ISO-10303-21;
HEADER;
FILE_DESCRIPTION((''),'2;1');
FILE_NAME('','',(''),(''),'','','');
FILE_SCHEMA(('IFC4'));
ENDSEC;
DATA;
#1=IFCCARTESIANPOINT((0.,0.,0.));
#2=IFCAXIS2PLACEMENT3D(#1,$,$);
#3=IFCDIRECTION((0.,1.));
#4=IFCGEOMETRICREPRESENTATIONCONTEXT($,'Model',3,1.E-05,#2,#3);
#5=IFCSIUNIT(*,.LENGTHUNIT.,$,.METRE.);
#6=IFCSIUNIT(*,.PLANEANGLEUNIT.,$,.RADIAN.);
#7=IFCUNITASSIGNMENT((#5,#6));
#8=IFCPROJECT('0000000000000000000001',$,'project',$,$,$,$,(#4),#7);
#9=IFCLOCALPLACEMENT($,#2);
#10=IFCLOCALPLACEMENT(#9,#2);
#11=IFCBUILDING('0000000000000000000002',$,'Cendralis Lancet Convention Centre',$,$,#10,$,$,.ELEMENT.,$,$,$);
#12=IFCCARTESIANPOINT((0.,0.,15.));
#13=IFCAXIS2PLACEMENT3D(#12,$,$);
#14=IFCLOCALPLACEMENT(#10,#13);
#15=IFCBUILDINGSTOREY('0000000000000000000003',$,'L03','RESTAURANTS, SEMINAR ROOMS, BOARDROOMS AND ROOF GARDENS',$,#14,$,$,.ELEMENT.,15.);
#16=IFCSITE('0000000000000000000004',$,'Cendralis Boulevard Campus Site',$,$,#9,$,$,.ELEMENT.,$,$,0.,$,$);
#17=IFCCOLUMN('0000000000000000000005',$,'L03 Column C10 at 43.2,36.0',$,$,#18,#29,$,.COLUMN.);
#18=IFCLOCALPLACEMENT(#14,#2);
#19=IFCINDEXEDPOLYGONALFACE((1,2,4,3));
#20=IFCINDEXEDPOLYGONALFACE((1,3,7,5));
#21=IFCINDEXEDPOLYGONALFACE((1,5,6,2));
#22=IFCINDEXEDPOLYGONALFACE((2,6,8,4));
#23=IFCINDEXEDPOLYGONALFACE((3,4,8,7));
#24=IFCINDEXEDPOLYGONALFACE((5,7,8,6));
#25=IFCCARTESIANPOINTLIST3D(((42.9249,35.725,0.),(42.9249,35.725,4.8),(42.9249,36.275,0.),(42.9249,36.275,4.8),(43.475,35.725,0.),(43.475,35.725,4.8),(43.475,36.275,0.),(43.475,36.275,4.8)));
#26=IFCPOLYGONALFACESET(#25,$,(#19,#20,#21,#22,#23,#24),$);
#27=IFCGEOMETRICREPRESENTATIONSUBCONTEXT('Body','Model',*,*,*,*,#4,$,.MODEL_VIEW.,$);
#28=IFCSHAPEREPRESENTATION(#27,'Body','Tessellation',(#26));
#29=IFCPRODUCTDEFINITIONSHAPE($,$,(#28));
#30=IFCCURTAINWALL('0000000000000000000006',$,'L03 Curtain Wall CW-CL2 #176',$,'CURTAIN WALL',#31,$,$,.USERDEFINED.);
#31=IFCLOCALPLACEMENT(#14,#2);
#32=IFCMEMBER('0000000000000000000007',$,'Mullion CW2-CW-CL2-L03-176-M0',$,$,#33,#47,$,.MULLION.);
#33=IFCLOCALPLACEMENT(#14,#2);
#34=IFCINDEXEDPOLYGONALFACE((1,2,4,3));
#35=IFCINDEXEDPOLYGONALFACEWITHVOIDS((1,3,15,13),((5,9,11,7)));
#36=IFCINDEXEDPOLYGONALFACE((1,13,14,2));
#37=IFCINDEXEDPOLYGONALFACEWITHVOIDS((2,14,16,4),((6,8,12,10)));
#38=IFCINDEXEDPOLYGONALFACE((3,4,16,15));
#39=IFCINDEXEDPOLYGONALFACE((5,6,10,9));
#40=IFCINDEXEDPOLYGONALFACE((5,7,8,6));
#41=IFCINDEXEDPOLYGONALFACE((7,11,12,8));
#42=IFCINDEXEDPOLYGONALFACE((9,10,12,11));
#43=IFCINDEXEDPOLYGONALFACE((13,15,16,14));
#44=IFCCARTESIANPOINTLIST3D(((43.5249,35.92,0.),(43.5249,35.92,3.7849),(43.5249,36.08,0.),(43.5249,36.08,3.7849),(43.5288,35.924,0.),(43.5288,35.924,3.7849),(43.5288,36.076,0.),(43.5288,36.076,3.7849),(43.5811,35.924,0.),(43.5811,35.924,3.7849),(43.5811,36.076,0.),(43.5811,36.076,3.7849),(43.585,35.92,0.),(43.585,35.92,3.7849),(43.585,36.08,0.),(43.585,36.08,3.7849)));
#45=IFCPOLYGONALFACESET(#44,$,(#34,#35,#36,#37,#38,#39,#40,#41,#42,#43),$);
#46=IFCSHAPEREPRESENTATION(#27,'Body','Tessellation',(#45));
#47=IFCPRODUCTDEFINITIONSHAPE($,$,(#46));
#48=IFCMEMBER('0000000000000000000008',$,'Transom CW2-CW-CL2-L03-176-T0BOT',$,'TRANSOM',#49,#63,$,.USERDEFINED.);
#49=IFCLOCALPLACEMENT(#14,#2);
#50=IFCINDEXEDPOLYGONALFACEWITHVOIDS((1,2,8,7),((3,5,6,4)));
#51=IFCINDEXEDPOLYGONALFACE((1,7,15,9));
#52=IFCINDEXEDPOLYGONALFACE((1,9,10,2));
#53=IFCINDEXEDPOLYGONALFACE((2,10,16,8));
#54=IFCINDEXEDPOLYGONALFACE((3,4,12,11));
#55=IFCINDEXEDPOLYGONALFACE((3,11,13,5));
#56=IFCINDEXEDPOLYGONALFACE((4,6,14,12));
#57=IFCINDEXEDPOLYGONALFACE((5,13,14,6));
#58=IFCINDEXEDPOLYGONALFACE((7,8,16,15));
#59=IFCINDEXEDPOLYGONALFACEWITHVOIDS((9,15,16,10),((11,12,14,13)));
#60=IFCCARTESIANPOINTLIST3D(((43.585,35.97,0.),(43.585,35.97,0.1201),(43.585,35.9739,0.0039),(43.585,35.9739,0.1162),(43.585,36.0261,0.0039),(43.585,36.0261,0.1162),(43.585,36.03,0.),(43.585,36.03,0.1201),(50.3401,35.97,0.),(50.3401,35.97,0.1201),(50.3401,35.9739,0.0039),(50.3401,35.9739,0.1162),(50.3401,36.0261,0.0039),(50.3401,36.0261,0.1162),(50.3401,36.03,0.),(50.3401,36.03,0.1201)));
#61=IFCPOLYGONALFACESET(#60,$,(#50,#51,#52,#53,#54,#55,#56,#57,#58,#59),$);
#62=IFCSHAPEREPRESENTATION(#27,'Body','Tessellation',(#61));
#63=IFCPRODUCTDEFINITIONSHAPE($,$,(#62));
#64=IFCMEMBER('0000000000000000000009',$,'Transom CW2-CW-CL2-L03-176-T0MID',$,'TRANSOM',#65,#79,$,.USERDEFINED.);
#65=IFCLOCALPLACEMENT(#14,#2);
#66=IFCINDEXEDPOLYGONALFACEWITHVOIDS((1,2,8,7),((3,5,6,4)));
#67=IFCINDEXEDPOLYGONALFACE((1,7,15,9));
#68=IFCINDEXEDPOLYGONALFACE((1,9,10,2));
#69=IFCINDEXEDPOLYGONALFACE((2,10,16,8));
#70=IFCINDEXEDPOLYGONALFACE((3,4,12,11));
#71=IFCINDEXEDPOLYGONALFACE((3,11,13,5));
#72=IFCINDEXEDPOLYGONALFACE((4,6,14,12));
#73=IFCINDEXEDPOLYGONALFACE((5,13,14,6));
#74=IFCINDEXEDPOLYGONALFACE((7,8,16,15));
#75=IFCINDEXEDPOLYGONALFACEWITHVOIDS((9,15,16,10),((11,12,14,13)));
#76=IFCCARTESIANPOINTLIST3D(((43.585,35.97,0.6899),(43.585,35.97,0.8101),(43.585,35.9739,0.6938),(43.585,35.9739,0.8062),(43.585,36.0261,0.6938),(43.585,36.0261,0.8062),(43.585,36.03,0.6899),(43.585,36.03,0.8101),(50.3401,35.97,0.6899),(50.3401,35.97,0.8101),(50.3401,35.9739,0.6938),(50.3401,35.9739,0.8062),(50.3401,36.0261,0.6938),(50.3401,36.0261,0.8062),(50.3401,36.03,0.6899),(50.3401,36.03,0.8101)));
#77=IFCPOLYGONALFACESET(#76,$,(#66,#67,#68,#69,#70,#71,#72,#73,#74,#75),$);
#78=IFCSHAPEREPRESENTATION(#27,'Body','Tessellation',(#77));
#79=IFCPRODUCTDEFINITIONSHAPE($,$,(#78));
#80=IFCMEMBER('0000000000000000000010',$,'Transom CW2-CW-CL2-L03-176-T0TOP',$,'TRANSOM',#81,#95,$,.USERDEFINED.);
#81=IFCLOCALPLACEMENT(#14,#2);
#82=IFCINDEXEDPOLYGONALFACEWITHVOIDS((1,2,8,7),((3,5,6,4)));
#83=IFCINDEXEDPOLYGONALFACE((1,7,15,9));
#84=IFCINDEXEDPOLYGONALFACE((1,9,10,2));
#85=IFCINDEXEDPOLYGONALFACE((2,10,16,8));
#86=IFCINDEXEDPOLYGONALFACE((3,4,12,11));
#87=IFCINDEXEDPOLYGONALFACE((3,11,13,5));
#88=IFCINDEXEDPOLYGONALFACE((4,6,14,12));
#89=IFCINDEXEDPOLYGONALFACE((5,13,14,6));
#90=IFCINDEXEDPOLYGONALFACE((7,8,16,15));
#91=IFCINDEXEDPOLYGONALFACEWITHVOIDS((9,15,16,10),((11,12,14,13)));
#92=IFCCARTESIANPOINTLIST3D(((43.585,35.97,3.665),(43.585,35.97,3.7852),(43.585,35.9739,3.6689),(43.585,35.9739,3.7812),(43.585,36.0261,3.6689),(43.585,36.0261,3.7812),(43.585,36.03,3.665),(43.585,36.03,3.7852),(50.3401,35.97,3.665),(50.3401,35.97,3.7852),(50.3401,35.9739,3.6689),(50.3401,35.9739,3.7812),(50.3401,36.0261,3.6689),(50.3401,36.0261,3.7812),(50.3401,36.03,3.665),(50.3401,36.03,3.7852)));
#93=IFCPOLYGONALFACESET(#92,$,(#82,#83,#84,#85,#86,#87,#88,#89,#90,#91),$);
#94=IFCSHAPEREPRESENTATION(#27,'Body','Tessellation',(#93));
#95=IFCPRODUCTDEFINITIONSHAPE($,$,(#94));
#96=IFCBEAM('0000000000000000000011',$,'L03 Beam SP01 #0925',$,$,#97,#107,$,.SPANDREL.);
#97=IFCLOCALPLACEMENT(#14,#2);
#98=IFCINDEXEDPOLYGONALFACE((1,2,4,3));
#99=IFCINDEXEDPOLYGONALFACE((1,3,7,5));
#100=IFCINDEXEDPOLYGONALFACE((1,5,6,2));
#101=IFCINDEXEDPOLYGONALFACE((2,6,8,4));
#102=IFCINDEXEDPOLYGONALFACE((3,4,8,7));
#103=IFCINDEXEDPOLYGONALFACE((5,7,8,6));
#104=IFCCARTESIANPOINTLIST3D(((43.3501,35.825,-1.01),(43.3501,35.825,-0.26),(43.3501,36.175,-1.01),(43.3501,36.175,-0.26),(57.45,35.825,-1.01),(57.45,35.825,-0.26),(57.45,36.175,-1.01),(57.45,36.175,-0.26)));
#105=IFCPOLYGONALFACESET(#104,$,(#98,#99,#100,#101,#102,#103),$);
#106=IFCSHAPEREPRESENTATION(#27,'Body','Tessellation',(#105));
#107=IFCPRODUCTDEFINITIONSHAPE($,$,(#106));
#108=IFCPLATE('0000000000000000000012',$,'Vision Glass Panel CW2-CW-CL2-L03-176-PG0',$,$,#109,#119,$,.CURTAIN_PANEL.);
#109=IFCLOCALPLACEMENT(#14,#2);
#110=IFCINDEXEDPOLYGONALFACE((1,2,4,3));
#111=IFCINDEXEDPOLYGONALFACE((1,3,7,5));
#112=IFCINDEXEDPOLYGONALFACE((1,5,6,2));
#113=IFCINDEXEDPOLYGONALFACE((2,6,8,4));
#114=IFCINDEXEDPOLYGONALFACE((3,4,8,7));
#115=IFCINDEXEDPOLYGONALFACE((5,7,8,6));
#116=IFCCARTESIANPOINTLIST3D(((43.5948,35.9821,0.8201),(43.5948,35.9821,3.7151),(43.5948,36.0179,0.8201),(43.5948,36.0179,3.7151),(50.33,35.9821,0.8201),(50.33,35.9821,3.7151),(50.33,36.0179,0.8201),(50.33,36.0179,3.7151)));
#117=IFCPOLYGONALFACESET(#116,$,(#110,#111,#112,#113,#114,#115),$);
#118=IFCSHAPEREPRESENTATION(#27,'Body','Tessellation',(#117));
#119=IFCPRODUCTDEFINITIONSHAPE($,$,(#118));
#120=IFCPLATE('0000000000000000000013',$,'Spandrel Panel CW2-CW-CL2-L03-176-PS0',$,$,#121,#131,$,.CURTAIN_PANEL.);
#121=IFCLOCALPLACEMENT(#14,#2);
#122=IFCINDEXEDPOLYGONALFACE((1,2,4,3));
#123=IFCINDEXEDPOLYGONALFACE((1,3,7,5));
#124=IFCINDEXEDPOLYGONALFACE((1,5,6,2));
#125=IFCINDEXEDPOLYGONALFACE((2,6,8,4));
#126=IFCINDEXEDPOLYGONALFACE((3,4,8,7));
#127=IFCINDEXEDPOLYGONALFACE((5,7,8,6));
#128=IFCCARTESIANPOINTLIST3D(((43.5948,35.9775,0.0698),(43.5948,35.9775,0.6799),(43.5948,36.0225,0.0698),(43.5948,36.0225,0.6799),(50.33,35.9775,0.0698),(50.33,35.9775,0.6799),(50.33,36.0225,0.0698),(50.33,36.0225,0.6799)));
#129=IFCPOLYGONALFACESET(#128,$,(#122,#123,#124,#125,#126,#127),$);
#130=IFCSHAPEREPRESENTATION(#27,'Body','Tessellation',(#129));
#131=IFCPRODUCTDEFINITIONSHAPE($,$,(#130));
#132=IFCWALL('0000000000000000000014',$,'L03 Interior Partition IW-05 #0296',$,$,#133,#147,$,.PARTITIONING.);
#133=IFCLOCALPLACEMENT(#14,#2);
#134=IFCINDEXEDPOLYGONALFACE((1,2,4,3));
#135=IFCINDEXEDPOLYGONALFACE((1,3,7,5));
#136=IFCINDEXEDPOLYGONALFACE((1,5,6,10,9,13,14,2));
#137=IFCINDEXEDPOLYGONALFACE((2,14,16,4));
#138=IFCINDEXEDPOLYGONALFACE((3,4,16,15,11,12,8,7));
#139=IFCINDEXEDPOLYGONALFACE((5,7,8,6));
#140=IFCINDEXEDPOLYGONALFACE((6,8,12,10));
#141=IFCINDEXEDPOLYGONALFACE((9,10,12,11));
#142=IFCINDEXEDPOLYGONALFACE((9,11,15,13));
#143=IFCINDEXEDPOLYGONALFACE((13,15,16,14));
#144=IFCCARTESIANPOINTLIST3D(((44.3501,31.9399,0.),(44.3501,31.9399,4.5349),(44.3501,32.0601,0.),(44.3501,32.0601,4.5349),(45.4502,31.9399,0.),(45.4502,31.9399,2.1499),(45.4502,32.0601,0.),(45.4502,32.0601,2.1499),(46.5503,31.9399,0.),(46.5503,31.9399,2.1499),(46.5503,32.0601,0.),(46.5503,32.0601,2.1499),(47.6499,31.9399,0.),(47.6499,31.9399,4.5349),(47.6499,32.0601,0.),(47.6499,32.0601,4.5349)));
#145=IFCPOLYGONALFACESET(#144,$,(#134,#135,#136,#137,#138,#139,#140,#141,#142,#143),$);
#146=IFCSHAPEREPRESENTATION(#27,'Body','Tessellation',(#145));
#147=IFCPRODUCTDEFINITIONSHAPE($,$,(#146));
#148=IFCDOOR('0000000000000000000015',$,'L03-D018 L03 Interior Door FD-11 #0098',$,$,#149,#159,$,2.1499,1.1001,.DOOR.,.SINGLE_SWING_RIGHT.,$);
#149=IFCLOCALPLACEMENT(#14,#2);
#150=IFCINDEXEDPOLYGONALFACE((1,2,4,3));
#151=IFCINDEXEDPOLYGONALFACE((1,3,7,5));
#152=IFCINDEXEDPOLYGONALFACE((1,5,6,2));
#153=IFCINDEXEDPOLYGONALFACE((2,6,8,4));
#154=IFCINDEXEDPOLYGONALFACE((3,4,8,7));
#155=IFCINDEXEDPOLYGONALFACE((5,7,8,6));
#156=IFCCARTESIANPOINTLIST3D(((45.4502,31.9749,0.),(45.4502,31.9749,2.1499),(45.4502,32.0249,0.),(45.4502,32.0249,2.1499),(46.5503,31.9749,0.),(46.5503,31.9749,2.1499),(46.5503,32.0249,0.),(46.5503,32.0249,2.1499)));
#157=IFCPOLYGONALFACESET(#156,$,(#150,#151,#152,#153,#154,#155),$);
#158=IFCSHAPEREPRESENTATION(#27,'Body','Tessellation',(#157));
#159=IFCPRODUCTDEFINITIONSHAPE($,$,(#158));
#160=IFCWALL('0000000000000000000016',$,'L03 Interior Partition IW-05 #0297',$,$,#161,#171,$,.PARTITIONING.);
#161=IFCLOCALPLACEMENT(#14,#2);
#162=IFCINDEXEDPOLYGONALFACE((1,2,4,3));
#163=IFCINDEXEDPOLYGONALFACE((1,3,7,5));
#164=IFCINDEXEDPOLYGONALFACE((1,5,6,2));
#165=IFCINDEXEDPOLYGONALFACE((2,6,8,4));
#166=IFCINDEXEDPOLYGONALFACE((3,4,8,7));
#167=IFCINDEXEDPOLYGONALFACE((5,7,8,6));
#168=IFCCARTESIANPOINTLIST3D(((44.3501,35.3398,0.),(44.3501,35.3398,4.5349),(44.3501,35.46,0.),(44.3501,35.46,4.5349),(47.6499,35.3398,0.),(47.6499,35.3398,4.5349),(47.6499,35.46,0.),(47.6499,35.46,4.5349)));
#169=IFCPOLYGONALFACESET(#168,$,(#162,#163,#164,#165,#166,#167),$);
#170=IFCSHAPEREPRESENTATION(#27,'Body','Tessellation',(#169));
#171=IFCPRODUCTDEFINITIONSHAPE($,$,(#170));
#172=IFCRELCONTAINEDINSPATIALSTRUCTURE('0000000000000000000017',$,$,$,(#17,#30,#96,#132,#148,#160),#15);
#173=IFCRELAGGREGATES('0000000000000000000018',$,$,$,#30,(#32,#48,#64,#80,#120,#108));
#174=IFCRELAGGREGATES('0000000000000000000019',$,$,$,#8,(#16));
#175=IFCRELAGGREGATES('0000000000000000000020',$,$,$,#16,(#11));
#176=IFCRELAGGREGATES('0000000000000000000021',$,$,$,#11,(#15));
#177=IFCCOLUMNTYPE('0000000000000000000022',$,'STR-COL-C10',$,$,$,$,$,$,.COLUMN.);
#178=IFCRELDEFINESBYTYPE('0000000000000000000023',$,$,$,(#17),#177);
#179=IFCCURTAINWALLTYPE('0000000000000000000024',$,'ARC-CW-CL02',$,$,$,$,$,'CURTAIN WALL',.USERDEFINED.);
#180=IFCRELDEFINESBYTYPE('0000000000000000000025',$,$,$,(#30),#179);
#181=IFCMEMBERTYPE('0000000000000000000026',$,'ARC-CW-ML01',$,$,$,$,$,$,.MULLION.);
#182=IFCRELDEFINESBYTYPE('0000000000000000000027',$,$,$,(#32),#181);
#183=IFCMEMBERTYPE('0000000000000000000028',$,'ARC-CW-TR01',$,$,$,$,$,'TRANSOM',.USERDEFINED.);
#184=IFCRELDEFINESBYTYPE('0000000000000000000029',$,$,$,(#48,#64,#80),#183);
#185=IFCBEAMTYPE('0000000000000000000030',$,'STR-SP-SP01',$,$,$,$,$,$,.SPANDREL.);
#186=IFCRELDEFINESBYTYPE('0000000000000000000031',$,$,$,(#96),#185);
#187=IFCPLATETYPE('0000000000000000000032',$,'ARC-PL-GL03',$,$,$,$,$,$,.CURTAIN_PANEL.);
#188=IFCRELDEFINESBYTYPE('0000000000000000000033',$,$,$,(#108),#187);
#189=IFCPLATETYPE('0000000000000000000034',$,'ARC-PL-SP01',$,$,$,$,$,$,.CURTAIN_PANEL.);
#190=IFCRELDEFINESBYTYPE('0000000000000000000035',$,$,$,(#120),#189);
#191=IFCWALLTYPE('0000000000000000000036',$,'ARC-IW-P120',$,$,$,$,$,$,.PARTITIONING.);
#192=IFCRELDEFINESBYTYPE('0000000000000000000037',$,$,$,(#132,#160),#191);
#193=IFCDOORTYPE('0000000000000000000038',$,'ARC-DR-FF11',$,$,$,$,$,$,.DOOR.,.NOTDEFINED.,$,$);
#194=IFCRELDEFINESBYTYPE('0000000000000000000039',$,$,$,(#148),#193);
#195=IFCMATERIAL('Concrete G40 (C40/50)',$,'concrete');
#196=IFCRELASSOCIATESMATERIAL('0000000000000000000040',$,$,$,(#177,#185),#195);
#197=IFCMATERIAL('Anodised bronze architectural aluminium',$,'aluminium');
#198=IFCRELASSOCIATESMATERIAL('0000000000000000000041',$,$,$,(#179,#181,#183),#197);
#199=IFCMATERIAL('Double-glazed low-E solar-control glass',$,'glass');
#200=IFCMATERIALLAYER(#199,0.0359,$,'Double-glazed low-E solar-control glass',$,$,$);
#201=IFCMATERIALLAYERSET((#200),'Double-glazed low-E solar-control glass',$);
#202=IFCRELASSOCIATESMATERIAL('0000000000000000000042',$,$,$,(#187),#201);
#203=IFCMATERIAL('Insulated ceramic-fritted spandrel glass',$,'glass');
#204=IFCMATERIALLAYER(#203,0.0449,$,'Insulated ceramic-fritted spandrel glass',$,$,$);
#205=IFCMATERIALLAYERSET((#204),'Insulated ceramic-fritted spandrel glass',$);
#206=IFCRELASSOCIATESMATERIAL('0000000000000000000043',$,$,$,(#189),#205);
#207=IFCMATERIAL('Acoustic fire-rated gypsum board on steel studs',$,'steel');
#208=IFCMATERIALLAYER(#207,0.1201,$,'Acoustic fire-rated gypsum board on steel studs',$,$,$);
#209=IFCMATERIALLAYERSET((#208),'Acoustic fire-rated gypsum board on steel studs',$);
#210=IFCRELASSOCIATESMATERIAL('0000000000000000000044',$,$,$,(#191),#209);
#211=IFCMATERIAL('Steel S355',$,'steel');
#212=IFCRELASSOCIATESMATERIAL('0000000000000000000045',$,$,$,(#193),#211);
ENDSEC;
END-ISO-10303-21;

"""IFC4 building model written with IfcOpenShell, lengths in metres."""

from ifc_helpers import new_model, si_unit, direction, frame, frame_2d, origin, origin_2d, place, context, subcontext, project, spatial, rectangle, hollow_rectangle, extrude, material, layer, layer_set, material_profile, profile_set, type_object, element, fill, aggregate, save


model = new_model("IFC4")

# Units and contexts
model_context = context("Model", 3, precision=1e-05, world=origin(), true_north=direction((0.0, 1.0)))
body_context = subcontext(model_context, "Body", "Model", "MODEL_VIEW")
ifc_project = project(units=[si_unit("LENGTHUNIT", "METRE"), si_unit("PLANEANGLEUNIT", "RADIAN")], contexts=[model_context])

# Site, building, storey
site_placement = place(None, origin())
site = spatial("IfcSite", under=ifc_project, at=site_placement, Name="Cendralis Boulevard Campus Site", CompositionType="ELEMENT", RefElevation=0.0)
building_placement = place(site_placement, origin())
building = spatial("IfcBuilding", under=site, at=building_placement, Name="Cendralis Lancet Convention Centre", CompositionType="ELEMENT")
storey_placement = place(building_placement, frame((0.0, 0.0, 15.0)))
storey = spatial("IfcBuildingStorey", under=building, at=storey_placement, Name="L03", Description="RESTAURANTS, SEMINAR ROOMS, BOARDROOMS AND ROOF GARDENS", CompositionType="ELEMENT", Elevation=15.0)

# Column
ifc_material_1 = material(Name="Concrete G40 (C40/50)", Category="concrete")
ifc_material_profile_1 = material_profile(ifc_material_1, rectangle(XDim=0.55, YDim=0.55, at=origin_2d()), Name="RC 550x550")
ifc_profile_set_1 = profile_set([ifc_material_profile_1], Name="Concrete G40 (C40/50)")
column_type = type_object("IfcColumnType", Name="STR-COL-C10", PredefinedType="COLUMN", material=ifc_profile_set_1)
column_placement = place(storey_placement, frame((43.2, 36.0, 0.0), z_axis=(0.0, 0.0, 1.0), x_axis=(1.0, 0.0, 0.0)))
element("IfcColumn", 1, at=column_placement, inside=storey, type_object=column_type, Name="L03 Column C10 at 43.2,36.0", PredefinedType="COLUMN", context=body_context, shape_type="SweptSolid", body=[
    extrude(rectangle(XDim=0.55, YDim=0.55, at=origin_2d()), origin(), (0.0, 0.0, 1.0), 4.8),
])

# Curtain wall, members
ifc_material_2 = material(Name="Anodised bronze architectural aluminium", Category="aluminium")
curtain_wall_type = type_object("IfcCurtainWallType", Name="ARC-CW-CL02", ElementType="CURTAIN WALL", PredefinedType="USERDEFINED", material=ifc_material_2)
curtain_wall_placement = place(storey_placement, origin())
curtain_wall = element("IfcCurtainWall", 2, at=curtain_wall_placement, inside=storey, type_object=curtain_wall_type, Name="L03 Curtain Wall CW-CL2 #176", ObjectType="CURTAIN WALL", PredefinedType="USERDEFINED")
ifc_material_profile_2 = material_profile(ifc_material_2, hollow_rectangle(XDim=0.0601, YDim=0.1599, WallThickness=0.0039, at=origin_2d()), Name="AL-MULL 60x160x4.0")
ifc_profile_set_2 = profile_set([ifc_material_profile_2], Name="Anodised bronze architectural aluminium")
member_type_1 = type_object("IfcMemberType", Name="ARC-CW-ML01", PredefinedType="MULLION", material=ifc_profile_set_2)
member_1_placement = place(storey_placement, frame((43.5549, 36.0, 0.0), z_axis=(0.0, 0.0, 1.0), x_axis=(1.0, 0.0, 0.0)))
member_1 = element("IfcMember", 3, at=member_1_placement, type_object=member_type_1, Name="Mullion CW2-CW-CL2-L03-176-M0", PredefinedType="MULLION", context=body_context, shape_type="SweptSolid", body=[
    extrude(hollow_rectangle(XDim=0.0601, YDim=0.1599, WallThickness=0.0039, at=origin_2d()), origin(), (0.0, 0.0, 1.0), 3.7849),
])
ifc_material_profile_3 = material_profile(ifc_material_2, hollow_rectangle(XDim=0.0601, YDim=0.1201, WallThickness=0.0039, at=origin_2d()), Name="AL-TRAN 60x120x4.0")
ifc_profile_set_3 = profile_set([ifc_material_profile_3], Name="Anodised bronze architectural aluminium")
member_type_2 = type_object("IfcMemberType", Name="ARC-CW-TR01", ElementType="TRANSOM", PredefinedType="USERDEFINED", material=ifc_profile_set_3)
member_2_placement = place(storey_placement, frame((43.585, 36.0, 0.0601), z_axis=(1.0, 0.0, 0.0), x_axis=(0.0, 1.0, 0.0)))
member_2 = element("IfcMember", 4, at=member_2_placement, type_object=member_type_2, Name="Transom CW2-CW-CL2-L03-176-T0BOT", ObjectType="TRANSOM", PredefinedType="USERDEFINED", context=body_context, shape_type="SweptSolid", body=[
    extrude(hollow_rectangle(XDim=0.0601, YDim=0.1201, WallThickness=0.0039, at=origin_2d()), origin(), (0.0, 0.0, 1.0), 6.7551),
])
member_3_placement = place(storey_placement, frame((43.585, 36.0, 0.75), z_axis=(1.0, 0.0, 0.0), x_axis=(0.0, 1.0, 0.0)))
member_3 = element("IfcMember", 5, at=member_3_placement, type_object=member_type_2, Name="Transom CW2-CW-CL2-L03-176-T0MID", ObjectType="TRANSOM", PredefinedType="USERDEFINED", context=body_context, shape_type="SweptSolid", body=[
    extrude(hollow_rectangle(XDim=0.0601, YDim=0.1201, WallThickness=0.0039, at=origin_2d()), origin(), (0.0, 0.0, 1.0), 6.7551),
])
member_4_placement = place(storey_placement, frame((43.585, 36.0, 3.7251), z_axis=(1.0, 0.0, 0.0), x_axis=(0.0, 1.0, 0.0)))
member_4 = element("IfcMember", 6, at=member_4_placement, type_object=member_type_2, Name="Transom CW2-CW-CL2-L03-176-T0TOP", ObjectType="TRANSOM", PredefinedType="USERDEFINED", context=body_context, shape_type="SweptSolid", body=[
    extrude(hollow_rectangle(XDim=0.0601, YDim=0.1201, WallThickness=0.0039, at=origin_2d()), origin(), (0.0, 0.0, 1.0), 6.7551),
])

# Beam
ifc_material_profile_4 = material_profile(ifc_material_1, rectangle(XDim=0.3501, YDim=0.75, at=origin_2d()), Name="RCB 350x750")
ifc_profile_set_4 = profile_set([ifc_material_profile_4], Name="Concrete G40 (C40/50)")
beam_type = type_object("IfcBeamType", Name="STR-SP-SP01", PredefinedType="SPANDREL", material=ifc_profile_set_4)
beam_placement = place(storey_placement, frame((43.3501, 36.0, -0.635), z_axis=(1.0, 0.0, 0.0), x_axis=(0.0, 1.0, 0.0)))
element("IfcBeam", 7, at=beam_placement, inside=storey, type_object=beam_type, Name="L03 Beam SP01 #0925", PredefinedType="SPANDREL", context=body_context, shape_type="SweptSolid", body=[
    extrude(rectangle(XDim=0.3501, YDim=0.75, at=origin_2d()), origin(), (0.0, 0.0, 1.0), 14.0999),
])

# Plates
ifc_material_3 = material(Name="Double-glazed low-E solar-control glass", Category="glass")
ifc_layer_1 = layer(ifc_material_3, 0.0359, Name="Double-glazed low-E solar-control glass")
ifc_layer_set_1 = layer_set([ifc_layer_1], Name="Double-glazed low-E solar-control glass")
plate_type_1 = type_object("IfcPlateType", Name="ARC-PL-GL03", PredefinedType="CURTAIN_PANEL", material=ifc_layer_set_1)
plate_1_placement = place(storey_placement, frame((46.9624, 36.0, 0.8201), z_axis=(0.0, 0.0, 1.0), x_axis=(1.0, 0.0, 0.0)))
plate_1 = element("IfcPlate", 8, at=plate_1_placement, type_object=plate_type_1, Name="Vision Glass Panel CW2-CW-CL2-L03-176-PG0", PredefinedType="CURTAIN_PANEL", context=body_context, shape_type="SweptSolid", body=[
    extrude(rectangle(XDim=6.7351, YDim=0.0359, at=origin_2d()), origin(), (0.0, 0.0, 1.0), 2.895),
])
ifc_material_4 = material(Name="Insulated ceramic-fritted spandrel glass", Category="glass")
ifc_layer_2 = layer(ifc_material_4, 0.0449, Name="Insulated ceramic-fritted spandrel glass")
ifc_layer_set_2 = layer_set([ifc_layer_2], Name="Insulated ceramic-fritted spandrel glass")
plate_type_2 = type_object("IfcPlateType", Name="ARC-PL-SP01", PredefinedType="CURTAIN_PANEL", material=ifc_layer_set_2)
plate_2_placement = place(storey_placement, frame((46.9624, 36.0, 0.0698), z_axis=(0.0, 0.0, 1.0), x_axis=(1.0, 0.0, 0.0)))
plate_2 = element("IfcPlate", 9, at=plate_2_placement, type_object=plate_type_2, Name="Spandrel Panel CW2-CW-CL2-L03-176-PS0", PredefinedType="CURTAIN_PANEL", context=body_context, shape_type="SweptSolid", body=[
    extrude(rectangle(XDim=6.7351, YDim=0.0449, at=origin_2d()), origin(), (0.0, 0.0, 1.0), 0.6101),
])
aggregate(curtain_wall, [member_1, member_2, member_3, member_4, plate_2, plate_1])

# Wall, opening, door
ifc_material_5 = material(Name="Acoustic fire-rated gypsum board on steel studs", Category="steel")
ifc_layer_3 = layer(ifc_material_5, 0.1201, Name="Acoustic fire-rated gypsum board on steel studs")
ifc_layer_set_3 = layer_set([ifc_layer_3], Name="Acoustic fire-rated gypsum board on steel studs")
wall_type_1 = type_object("IfcWallType", Name="ARC-IW-P120", PredefinedType="PARTITIONING", material=ifc_layer_set_3)
wall_1_placement = place(storey_placement, frame((44.3501, 32.0, 0.0), z_axis=(0.0, 0.0, 1.0), x_axis=(1.0, 0.0, 0.0)))
wall_1 = element("IfcWall", 10, at=wall_1_placement, inside=storey, type_object=wall_type_1, Name="L03 Interior Partition IW-05 #0296", PredefinedType="PARTITIONING", context=body_context, shape_type="SweptSolid", body=[
    extrude(rectangle(XDim=3.2998, YDim=0.1201, at=frame_2d((1.6499, 0.0))), origin(), (0.0, 0.0, 1.0), 4.5349),
])
opening_1_placement = place(wall_1_placement, frame((1.1001, 0.0, 0.0)))
opening_1 = element("IfcOpeningElement", 11, at=opening_1_placement, cuts=wall_1, PredefinedType="OPENING", context=body_context, shape_type="SweptSolid", body=[
    extrude(rectangle(XDim=1.1001, YDim=2.1499, at=frame_2d((0.55, 1.075))), frame((0.0, 0.0701, 0.0), z_axis=(0.0, -1.0, 0.0), x_axis=(1.0, 0.0, 0.0)), (0.0, 0.0, 1.0), 0.1401),
])
ifc_material_6 = material(Name="Steel S355", Category="steel")
door_type = type_object("IfcDoorType", Name="ARC-DR-FF11", OperationType="NOTDEFINED", PredefinedType="DOOR", material=ifc_material_6)
door_1_placement = place(opening_1_placement, origin())
door_1 = element("IfcDoor", 12, at=door_1_placement, inside=storey, type_object=door_type, Name="L03-D018 L03 Interior Door FD-11 #0098", OperationType="SINGLE_SWING_RIGHT", OverallHeight=2.1499, OverallWidth=1.1001, PredefinedType="DOOR", context=body_context, shape_type="SweptSolid", body=[
    extrude(rectangle(XDim=1.1001, YDim=2.1499, at=frame_2d((0.55, 1.075))), frame((0.0, 0.0249, 0.0), z_axis=(0.0, -1.0, 0.0), x_axis=(1.0, 0.0, 0.0)), (0.0, 0.0, 1.0), 0.05),
])
fill(opening_1, door_1)

# Wall
wall_2_placement = place(storey_placement, frame((44.3501, 35.3999, 0.0), z_axis=(0.0, 0.0, 1.0), x_axis=(1.0, 0.0, 0.0)))
element("IfcWall", 13, at=wall_2_placement, inside=storey, type_object=wall_type_1, Name="L03 Interior Partition IW-05 #0297", PredefinedType="PARTITIONING", context=body_context, shape_type="SweptSolid", body=[
    extrude(rectangle(XDim=3.2998, YDim=0.1201, at=frame_2d((1.6499, 0.0))), origin(), (0.0, 0.0, 1.0), 4.5349),
])

save(model, "model.ifc")
